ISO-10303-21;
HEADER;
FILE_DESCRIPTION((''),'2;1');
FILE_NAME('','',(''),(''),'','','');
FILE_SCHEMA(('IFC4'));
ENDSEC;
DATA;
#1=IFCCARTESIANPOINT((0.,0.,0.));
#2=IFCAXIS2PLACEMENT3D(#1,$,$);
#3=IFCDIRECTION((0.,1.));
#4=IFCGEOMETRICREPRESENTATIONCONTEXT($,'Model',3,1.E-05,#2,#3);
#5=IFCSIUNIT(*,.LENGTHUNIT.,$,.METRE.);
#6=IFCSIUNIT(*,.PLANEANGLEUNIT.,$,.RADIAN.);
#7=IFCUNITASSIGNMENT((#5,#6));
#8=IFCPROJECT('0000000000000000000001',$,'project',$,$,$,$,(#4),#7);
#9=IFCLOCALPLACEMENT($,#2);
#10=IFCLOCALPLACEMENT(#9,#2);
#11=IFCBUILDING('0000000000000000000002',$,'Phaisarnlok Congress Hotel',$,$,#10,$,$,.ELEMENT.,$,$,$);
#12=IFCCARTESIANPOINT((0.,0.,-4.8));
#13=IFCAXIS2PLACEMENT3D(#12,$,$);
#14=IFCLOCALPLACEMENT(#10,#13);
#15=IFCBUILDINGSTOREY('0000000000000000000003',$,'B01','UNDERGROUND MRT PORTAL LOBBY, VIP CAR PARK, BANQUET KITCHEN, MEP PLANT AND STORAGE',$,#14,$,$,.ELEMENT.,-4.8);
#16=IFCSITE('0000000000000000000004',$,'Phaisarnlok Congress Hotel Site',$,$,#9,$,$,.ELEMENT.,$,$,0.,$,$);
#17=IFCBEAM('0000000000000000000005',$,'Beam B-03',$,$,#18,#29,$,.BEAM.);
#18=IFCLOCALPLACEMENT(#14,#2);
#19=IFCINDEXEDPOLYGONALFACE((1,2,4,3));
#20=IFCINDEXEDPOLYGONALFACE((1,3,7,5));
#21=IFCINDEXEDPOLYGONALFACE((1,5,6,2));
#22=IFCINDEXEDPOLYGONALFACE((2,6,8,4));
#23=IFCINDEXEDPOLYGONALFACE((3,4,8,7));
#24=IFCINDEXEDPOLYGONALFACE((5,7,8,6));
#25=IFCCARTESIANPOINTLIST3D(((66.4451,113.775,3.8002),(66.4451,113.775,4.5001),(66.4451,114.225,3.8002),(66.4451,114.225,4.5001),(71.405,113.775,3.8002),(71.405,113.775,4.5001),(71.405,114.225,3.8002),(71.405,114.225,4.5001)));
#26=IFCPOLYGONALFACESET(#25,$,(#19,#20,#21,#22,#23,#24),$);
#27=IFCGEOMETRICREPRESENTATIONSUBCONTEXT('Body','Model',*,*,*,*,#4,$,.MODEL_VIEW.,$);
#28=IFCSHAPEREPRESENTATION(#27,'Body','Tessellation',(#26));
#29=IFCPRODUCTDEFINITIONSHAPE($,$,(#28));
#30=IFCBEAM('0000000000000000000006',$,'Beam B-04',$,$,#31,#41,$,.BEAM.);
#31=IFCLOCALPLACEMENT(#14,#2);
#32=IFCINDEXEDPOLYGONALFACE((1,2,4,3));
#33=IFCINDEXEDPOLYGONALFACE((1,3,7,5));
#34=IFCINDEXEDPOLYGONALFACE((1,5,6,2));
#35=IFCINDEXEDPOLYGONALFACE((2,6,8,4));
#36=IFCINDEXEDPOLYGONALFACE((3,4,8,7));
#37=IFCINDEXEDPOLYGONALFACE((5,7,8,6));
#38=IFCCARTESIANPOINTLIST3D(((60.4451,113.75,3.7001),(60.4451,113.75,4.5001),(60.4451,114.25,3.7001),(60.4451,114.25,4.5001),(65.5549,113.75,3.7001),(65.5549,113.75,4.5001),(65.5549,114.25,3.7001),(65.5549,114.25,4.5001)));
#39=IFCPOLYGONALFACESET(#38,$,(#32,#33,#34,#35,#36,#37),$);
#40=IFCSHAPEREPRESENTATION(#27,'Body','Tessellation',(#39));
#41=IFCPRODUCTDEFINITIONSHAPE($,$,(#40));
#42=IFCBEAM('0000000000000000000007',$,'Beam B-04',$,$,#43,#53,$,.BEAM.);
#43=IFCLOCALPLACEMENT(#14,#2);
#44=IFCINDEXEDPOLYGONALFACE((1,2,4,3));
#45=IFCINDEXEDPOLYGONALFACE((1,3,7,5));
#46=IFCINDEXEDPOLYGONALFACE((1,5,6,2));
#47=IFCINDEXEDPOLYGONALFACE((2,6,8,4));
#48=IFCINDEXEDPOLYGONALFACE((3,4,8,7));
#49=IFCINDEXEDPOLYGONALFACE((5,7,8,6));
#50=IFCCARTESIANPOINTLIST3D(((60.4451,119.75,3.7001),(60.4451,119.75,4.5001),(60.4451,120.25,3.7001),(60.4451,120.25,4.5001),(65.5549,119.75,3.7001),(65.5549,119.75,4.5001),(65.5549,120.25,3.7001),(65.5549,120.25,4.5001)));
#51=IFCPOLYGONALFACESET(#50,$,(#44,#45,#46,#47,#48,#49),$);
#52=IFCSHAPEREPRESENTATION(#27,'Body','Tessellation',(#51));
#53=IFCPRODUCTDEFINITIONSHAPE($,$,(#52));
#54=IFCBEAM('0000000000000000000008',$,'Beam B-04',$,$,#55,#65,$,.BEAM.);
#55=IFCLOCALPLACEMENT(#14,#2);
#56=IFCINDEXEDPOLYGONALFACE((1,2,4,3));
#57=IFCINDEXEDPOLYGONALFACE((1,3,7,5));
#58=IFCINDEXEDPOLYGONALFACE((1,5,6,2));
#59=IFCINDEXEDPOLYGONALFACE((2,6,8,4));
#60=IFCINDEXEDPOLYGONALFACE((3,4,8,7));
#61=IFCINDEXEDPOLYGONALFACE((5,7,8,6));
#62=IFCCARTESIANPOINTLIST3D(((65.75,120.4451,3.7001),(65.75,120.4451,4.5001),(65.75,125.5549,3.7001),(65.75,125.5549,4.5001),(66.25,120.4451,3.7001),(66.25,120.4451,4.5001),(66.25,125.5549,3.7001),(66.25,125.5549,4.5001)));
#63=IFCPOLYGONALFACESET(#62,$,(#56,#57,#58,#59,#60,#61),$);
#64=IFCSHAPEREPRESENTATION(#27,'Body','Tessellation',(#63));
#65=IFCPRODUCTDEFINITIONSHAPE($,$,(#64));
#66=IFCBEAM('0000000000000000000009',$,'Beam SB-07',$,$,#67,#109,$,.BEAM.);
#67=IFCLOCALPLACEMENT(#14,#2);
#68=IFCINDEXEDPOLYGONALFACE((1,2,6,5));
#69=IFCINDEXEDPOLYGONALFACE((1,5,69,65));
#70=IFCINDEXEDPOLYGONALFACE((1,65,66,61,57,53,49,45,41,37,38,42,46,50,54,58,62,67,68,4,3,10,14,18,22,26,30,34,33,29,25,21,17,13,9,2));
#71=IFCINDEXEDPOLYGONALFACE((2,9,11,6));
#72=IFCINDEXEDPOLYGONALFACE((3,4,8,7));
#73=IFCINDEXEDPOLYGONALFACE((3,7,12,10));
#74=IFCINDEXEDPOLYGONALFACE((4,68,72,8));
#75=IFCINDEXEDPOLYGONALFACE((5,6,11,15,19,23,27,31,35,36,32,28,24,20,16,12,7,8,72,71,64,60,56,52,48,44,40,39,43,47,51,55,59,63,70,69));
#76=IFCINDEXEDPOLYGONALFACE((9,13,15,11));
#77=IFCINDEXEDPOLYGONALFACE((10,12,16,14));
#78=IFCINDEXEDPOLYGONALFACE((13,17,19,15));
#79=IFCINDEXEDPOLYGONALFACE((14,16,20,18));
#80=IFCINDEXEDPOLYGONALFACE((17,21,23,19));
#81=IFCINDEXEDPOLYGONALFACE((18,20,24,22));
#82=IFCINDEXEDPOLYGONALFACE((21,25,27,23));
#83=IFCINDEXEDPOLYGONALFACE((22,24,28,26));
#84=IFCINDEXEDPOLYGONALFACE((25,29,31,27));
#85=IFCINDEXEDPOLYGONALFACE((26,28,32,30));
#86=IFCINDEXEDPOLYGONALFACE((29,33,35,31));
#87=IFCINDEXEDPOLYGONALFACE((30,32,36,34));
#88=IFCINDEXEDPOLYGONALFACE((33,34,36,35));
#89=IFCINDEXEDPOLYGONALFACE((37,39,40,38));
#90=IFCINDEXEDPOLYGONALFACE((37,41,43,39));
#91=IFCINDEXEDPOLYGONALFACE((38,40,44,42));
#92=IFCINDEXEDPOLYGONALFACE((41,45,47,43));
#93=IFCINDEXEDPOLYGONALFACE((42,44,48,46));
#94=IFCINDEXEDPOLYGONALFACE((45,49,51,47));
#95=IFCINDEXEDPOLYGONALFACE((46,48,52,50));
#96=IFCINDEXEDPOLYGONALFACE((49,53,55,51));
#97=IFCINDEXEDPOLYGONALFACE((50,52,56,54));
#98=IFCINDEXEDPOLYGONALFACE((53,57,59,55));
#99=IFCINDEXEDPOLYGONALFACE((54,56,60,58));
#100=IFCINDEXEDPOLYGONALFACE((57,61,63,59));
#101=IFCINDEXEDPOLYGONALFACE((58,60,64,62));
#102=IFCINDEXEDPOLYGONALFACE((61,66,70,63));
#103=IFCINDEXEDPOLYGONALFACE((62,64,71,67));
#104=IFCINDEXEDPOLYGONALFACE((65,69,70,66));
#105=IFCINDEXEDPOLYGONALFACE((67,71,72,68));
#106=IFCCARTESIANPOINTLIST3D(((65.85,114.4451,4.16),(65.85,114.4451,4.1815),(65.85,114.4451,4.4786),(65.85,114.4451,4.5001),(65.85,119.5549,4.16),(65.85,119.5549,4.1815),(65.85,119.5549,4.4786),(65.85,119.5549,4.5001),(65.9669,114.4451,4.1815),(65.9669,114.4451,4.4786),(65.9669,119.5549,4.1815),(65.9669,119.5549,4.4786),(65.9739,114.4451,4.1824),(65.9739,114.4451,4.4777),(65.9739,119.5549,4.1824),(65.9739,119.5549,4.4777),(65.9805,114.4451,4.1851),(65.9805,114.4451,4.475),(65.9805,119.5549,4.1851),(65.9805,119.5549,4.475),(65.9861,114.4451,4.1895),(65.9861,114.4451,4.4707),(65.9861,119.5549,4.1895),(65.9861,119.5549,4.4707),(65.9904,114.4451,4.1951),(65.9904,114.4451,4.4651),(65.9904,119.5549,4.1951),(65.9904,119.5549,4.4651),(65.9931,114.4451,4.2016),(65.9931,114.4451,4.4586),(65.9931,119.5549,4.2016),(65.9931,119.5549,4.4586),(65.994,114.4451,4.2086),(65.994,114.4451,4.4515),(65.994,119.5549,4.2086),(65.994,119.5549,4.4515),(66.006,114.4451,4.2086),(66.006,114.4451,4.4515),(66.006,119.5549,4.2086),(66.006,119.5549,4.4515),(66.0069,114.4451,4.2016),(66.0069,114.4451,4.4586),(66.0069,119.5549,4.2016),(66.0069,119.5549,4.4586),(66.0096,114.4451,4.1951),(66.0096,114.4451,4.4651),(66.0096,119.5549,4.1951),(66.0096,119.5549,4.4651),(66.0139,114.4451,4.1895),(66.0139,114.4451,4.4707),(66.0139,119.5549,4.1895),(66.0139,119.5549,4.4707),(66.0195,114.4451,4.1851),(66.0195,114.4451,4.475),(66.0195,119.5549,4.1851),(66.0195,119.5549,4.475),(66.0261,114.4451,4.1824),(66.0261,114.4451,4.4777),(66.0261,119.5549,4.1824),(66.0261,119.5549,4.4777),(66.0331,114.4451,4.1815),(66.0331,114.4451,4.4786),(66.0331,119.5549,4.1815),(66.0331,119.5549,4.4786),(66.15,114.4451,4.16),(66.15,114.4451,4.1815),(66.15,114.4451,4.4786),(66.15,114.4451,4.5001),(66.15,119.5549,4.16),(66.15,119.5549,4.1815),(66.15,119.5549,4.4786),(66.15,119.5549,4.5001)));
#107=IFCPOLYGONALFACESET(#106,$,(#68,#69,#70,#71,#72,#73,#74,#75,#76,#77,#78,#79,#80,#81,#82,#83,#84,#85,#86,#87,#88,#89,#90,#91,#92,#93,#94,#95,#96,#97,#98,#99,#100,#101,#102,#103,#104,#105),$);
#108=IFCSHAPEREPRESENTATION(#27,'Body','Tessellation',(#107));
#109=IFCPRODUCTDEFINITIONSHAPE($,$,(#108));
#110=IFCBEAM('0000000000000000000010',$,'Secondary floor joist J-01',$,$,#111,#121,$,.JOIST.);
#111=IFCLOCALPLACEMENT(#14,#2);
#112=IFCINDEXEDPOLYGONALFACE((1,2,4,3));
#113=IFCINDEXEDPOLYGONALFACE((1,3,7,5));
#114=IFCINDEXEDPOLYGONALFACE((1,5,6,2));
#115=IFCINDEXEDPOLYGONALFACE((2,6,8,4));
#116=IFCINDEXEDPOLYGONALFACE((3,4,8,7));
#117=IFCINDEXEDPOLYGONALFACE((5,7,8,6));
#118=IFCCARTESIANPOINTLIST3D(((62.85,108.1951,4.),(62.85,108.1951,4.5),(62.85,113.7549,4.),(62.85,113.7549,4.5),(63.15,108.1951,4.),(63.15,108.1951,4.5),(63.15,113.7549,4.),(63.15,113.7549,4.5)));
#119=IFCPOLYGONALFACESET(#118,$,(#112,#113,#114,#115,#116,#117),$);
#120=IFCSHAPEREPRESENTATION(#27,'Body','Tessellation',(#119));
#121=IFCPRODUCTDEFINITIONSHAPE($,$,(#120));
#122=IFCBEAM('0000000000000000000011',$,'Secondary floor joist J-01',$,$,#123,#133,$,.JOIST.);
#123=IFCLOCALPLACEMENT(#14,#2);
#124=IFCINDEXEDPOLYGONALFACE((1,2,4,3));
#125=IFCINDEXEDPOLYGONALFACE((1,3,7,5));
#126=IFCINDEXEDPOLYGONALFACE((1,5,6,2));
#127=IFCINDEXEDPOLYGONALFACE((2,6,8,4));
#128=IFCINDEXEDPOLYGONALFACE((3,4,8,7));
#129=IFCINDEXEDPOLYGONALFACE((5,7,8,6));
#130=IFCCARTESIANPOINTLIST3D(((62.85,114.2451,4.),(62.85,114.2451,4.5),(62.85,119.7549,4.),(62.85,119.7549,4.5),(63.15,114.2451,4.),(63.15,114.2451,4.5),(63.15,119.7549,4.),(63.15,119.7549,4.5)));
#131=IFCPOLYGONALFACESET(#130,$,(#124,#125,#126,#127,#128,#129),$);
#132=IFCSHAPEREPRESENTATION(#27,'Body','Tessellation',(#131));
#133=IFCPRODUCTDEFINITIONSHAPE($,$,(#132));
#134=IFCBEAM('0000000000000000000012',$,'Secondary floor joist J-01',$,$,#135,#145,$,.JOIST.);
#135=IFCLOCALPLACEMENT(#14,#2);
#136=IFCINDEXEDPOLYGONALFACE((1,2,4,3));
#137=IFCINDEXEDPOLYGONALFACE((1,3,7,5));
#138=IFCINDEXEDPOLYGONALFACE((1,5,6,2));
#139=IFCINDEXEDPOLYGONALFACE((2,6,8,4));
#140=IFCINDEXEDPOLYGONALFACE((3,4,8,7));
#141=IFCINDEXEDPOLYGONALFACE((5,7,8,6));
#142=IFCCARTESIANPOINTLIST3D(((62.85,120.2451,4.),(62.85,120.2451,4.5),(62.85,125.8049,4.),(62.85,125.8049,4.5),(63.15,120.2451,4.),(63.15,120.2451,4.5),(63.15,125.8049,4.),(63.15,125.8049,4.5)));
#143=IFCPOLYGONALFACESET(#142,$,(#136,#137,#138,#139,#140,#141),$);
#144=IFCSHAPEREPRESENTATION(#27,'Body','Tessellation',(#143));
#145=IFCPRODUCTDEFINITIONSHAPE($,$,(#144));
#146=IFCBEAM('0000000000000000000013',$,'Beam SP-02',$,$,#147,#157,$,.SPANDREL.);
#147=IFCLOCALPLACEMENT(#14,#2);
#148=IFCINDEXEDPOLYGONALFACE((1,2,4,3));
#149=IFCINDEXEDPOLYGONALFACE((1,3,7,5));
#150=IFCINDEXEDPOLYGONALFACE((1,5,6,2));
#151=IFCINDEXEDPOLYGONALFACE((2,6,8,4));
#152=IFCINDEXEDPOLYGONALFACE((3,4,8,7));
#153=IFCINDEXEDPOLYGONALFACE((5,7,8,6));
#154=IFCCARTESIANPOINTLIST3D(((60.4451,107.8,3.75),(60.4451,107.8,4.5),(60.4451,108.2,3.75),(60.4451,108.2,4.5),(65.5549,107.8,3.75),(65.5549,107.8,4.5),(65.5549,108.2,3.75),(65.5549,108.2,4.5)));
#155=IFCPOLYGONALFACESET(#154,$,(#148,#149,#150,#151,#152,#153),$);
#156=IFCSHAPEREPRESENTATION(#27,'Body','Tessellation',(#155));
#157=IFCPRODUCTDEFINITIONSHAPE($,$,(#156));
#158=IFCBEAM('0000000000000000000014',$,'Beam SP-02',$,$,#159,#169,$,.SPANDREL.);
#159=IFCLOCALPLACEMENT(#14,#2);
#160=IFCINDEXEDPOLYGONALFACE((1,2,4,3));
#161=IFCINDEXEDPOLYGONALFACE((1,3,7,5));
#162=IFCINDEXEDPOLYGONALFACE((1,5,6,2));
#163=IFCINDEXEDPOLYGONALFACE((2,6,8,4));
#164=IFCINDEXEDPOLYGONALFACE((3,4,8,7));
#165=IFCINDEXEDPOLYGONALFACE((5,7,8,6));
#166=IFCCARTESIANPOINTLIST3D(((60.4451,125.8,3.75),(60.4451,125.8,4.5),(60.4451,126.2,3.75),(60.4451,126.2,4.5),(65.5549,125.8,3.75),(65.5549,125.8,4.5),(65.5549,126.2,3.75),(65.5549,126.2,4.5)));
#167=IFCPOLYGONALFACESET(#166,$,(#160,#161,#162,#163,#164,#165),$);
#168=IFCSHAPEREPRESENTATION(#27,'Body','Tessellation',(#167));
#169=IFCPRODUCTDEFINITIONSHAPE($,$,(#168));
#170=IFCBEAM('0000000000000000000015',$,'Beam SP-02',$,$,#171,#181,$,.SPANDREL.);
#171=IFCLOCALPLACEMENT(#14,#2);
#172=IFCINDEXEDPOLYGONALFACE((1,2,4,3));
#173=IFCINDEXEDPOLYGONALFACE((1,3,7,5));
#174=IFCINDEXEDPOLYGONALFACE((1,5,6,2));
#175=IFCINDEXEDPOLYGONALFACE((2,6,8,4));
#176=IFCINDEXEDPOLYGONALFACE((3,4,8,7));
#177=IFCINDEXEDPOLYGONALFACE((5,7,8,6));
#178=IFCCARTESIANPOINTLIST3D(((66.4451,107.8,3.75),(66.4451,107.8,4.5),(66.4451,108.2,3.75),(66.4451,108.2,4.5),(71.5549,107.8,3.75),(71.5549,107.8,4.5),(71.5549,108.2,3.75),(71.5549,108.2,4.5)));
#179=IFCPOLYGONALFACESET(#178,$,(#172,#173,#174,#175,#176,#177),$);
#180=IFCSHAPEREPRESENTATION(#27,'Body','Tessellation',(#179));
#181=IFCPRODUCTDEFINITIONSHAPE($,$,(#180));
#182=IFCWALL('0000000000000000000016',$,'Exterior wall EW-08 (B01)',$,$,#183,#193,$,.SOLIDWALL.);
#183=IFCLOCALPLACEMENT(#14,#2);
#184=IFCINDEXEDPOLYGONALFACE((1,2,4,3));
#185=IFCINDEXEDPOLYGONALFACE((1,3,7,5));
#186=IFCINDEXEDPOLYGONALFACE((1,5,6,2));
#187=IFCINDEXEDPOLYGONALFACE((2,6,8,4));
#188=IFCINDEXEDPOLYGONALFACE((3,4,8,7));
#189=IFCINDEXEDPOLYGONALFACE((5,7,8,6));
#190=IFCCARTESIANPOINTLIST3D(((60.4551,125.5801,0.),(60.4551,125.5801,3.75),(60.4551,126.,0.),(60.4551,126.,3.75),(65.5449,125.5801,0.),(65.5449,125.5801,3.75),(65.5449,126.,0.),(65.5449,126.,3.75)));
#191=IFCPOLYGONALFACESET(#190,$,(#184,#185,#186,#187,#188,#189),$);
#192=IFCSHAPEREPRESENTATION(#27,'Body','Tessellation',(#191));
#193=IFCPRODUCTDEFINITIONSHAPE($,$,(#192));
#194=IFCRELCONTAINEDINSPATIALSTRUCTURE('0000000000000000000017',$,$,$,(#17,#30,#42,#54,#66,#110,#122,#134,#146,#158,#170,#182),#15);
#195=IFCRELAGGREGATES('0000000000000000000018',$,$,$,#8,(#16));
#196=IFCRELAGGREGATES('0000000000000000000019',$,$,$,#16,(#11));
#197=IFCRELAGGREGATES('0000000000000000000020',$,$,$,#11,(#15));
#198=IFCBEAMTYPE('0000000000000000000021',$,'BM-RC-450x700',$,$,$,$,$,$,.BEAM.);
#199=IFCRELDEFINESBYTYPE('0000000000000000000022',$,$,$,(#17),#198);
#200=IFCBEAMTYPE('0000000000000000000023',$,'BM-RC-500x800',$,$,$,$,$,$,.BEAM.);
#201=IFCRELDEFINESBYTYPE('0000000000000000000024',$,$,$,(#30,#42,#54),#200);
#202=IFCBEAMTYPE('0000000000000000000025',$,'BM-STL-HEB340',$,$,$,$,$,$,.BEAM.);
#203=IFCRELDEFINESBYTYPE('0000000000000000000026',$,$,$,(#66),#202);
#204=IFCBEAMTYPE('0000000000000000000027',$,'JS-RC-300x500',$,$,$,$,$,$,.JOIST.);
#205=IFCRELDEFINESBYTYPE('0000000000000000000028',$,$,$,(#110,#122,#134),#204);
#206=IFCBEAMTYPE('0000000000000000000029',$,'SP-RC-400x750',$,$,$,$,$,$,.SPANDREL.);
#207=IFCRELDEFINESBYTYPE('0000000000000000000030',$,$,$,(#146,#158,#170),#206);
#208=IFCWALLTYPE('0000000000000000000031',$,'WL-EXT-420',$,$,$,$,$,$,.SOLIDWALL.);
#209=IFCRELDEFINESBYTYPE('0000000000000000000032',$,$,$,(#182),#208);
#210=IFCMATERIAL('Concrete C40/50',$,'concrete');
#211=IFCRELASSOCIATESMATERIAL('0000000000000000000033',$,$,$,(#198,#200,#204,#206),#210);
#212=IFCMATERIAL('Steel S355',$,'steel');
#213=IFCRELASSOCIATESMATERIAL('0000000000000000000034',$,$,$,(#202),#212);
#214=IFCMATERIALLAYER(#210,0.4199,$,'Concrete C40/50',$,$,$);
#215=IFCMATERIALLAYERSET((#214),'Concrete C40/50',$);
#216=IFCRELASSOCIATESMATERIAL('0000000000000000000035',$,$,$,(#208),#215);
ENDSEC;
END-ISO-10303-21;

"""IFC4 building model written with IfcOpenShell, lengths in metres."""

from ifc_helpers import new_model, si_unit, direction, frame, frame_2d, origin, origin_2d, place, context, subcontext, project, spatial, rectangle, i_section, extrude, material, layer, layer_set, material_profile, profile_set, type_object, element, save


model = new_model("IFC4")

# Units and contexts
model_context = context("Model", 3, precision=1e-05, world=origin(), true_north=direction((0.0, 1.0)))
body_context = subcontext(model_context, "Body", "Model", "MODEL_VIEW")
ifc_project = project(units=[si_unit("LENGTHUNIT", "METRE"), si_unit("PLANEANGLEUNIT", "RADIAN")], contexts=[model_context])

# Site, building, storey
site_placement = place(None, origin())
site = spatial("IfcSite", under=ifc_project, at=site_placement, Name="Phaisarnlok Congress Hotel Site", CompositionType="ELEMENT", RefElevation=0.0)
building_placement = place(site_placement, origin())
building = spatial("IfcBuilding", under=site, at=building_placement, Name="Phaisarnlok Congress Hotel", CompositionType="ELEMENT")
storey_placement = place(building_placement, frame((0.0, 0.0, -4.8)))
storey = spatial("IfcBuildingStorey", under=building, at=storey_placement, Name="B01", Description="UNDERGROUND MRT PORTAL LOBBY, VIP CAR PARK, BANQUET KITCHEN, MEP PLANT AND STORAGE", CompositionType="ELEMENT", Elevation=-4.8)

# Shared definitions
ifc_material_1 = material(Name="Concrete C40/50", Category="concrete")

# Beams
ifc_material_profile_1 = material_profile(ifc_material_1, rectangle(XDim=0.45, YDim=0.7, at=origin_2d()), Name="RC 450x700")
ifc_profile_set_1 = profile_set([ifc_material_profile_1], Name="Concrete C40/50")
beam_type_1 = type_object("IfcBeamType", Name="BM-RC-450x700", PredefinedType="BEAM", material=ifc_profile_set_1)
beam_1_placement = place(storey_placement, frame((66.4451, 114.0, 4.1501), z_axis=(1.0, 0.0, 0.0), x_axis=(0.0, 1.0, 0.0)))
element("IfcBeam", 1, at=beam_1_placement, inside=storey, type_object=beam_type_1, Name="Beam B-03", PredefinedType="BEAM", context=body_context, shape_type="SweptSolid", body=[
    extrude(rectangle(XDim=0.45, YDim=0.7, at=origin_2d()), origin(), (0.0, 0.0, 1.0), 4.96),
])
ifc_material_profile_2 = material_profile(ifc_material_1, rectangle(XDim=0.5, YDim=0.8, at=origin_2d()), Name="RC 500x800")
ifc_profile_set_2 = profile_set([ifc_material_profile_2], Name="Concrete C40/50")
beam_type_2 = type_object("IfcBeamType", Name="BM-RC-500x800", PredefinedType="BEAM", material=ifc_profile_set_2)
for number, where, z_axis, x_axis, name in (
    (2, (60.4451, 114.0, 4.1001), (1.0, 0.0, 0.0), (0.0, 1.0, 0.0), "Beam B-04"),
    (3, (60.4451, 120.0, 4.1001), (1.0, 0.0, 0.0), (0.0, 1.0, 0.0), "Beam B-04"),
    (4, (66.0, 120.4451, 4.1001), (0.0, 1.0, 0.0), (-1.0, 0.0, 0.0), "Beam B-04"),
):
    element("IfcBeam", number, at=place(storey_placement, frame(where, z_axis=z_axis, x_axis=x_axis)), inside=storey, type_object=beam_type_2, Name=name, PredefinedType="BEAM", context=body_context, shape_type="SweptSolid", body=[
        extrude(rectangle(XDim=0.5, YDim=0.8, at=origin_2d()), origin(), (0.0, 0.0, 1.0), 5.1099),
    ])
ifc_material_2 = material(Name="Steel S355", Category="steel")
ifc_material_profile_3 = material_profile(ifc_material_2, i_section(OverallWidth=0.3, OverallDepth=0.3401, WebThickness=0.012, FlangeThickness=0.0215, FilletRadius=0.0271, at=origin_2d()), Name="HEB 340")
ifc_profile_set_3 = profile_set([ifc_material_profile_3], Name="Steel S355")
beam_type_3 = type_object("IfcBeamType", Name="BM-STL-HEB340", PredefinedType="BEAM", material=ifc_profile_set_3)
beam_2_placement = place(storey_placement, frame((66.0, 114.4451, 4.3301), z_axis=(0.0, 1.0, 0.0), x_axis=(-1.0, 0.0, 0.0)))
element("IfcBeam", 5, at=beam_2_placement, inside=storey, type_object=beam_type_3, Name="Beam SB-07", PredefinedType="BEAM", context=body_context, shape_type="SweptSolid", body=[
    extrude(i_section(OverallWidth=0.3, OverallDepth=0.3401, WebThickness=0.012, FlangeThickness=0.0215, FilletRadius=0.0271, at=origin_2d()), origin(), (0.0, 0.0, 1.0), 5.1099),
])
ifc_material_profile_4 = material_profile(ifc_material_1, rectangle(XDim=0.3, YDim=0.5, at=origin_2d()), Name="RC 300x500")
ifc_profile_set_4 = profile_set([ifc_material_profile_4], Name="Concrete C40/50")
beam_type_4 = type_object("IfcBeamType", Name="JS-RC-300x500", PredefinedType="JOIST", material=ifc_profile_set_4)
beam_3_placement = place(storey_placement, frame((63.0, 108.1951, 4.25), z_axis=(0.0, 1.0, 0.0), x_axis=(-1.0, 0.0, 0.0)))
element("IfcBeam", 6, at=beam_3_placement, inside=storey, type_object=beam_type_4, Name="Secondary floor joist J-01", PredefinedType="JOIST", context=body_context, shape_type="SweptSolid", body=[
    extrude(rectangle(XDim=0.3, YDim=0.5, at=origin_2d()), origin(), (0.0, 0.0, 1.0), 5.5598),
])
beam_4_placement = place(storey_placement, frame((63.0, 114.2451, 4.25), z_axis=(0.0, 1.0, 0.0), x_axis=(-1.0, 0.0, 0.0)))
element("IfcBeam", 7, at=beam_4_placement, inside=storey, type_object=beam_type_4, Name="Secondary floor joist J-01", PredefinedType="JOIST", context=body_context, shape_type="SweptSolid", body=[
    extrude(rectangle(XDim=0.3, YDim=0.5, at=origin_2d()), origin(), (0.0, 0.0, 1.0), 5.5098),
])
beam_5_placement = place(storey_placement, frame((63.0, 120.2451, 4.25), z_axis=(0.0, 1.0, 0.0), x_axis=(-1.0, 0.0, 0.0)))
element("IfcBeam", 8, at=beam_5_placement, inside=storey, type_object=beam_type_4, Name="Secondary floor joist J-01", PredefinedType="JOIST", context=body_context, shape_type="SweptSolid", body=[
    extrude(rectangle(XDim=0.3, YDim=0.5, at=origin_2d()), origin(), (0.0, 0.0, 1.0), 5.5598),
])
ifc_material_profile_5 = material_profile(ifc_material_1, rectangle(XDim=0.3999, YDim=0.75, at=origin_2d()), Name="RC 400x750")
ifc_profile_set_5 = profile_set([ifc_material_profile_5], Name="Concrete C40/50")
beam_type_5 = type_object("IfcBeamType", Name="SP-RC-400x750", PredefinedType="SPANDREL", material=ifc_profile_set_5)
for number, where, z_axis, x_axis, name in (
    (9, (60.4451, 108.0, 4.125), (1.0, 0.0, 0.0), (0.0, 1.0, 0.0), "Beam SP-02"),
    (10, (60.4451, 126.0, 4.125), (1.0, 0.0, 0.0), (0.0, 1.0, 0.0), "Beam SP-02"),
    (11, (66.4451, 108.0, 4.125), (1.0, 0.0, 0.0), (0.0, 1.0, 0.0), "Beam SP-02"),
):
    element("IfcBeam", number, at=place(storey_placement, frame(where, z_axis=z_axis, x_axis=x_axis)), inside=storey, type_object=beam_type_5, Name=name, PredefinedType="SPANDREL", context=body_context, shape_type="SweptSolid", body=[
        extrude(rectangle(XDim=0.3999, YDim=0.75, at=origin_2d()), origin(), (0.0, 0.0, 1.0), 5.1099),
    ])

# Wall
ifc_layer_1 = layer(ifc_material_1, 0.4199, Name="Concrete C40/50")
ifc_layer_set_1 = layer_set([ifc_layer_1], Name="Concrete C40/50")
wall_type_1 = type_object("IfcWallType", Name="WL-EXT-420", PredefinedType="SOLIDWALL", material=ifc_layer_set_1)
for number, where, z_axis, x_axis, name in (
    (12, (65.5449, 125.79, 0.0), (0.0, 0.0, 1.0), (-1.0, 0.0, 0.0), "Exterior wall EW-08 (B01)"),
):
    element("IfcWall", number, at=place(storey_placement, frame(where, z_axis=z_axis, x_axis=x_axis)), inside=storey, type_object=wall_type_1, Name=name, PredefinedType="SOLIDWALL", context=body_context, shape_type="SweptSolid", body=[
        extrude(rectangle(XDim=5.0898, YDim=0.4199, at=frame_2d((2.5449, 0.0))), origin(), (0.0, 0.0, 1.0), 3.75),
    ])

save(model, "model.ifc")
